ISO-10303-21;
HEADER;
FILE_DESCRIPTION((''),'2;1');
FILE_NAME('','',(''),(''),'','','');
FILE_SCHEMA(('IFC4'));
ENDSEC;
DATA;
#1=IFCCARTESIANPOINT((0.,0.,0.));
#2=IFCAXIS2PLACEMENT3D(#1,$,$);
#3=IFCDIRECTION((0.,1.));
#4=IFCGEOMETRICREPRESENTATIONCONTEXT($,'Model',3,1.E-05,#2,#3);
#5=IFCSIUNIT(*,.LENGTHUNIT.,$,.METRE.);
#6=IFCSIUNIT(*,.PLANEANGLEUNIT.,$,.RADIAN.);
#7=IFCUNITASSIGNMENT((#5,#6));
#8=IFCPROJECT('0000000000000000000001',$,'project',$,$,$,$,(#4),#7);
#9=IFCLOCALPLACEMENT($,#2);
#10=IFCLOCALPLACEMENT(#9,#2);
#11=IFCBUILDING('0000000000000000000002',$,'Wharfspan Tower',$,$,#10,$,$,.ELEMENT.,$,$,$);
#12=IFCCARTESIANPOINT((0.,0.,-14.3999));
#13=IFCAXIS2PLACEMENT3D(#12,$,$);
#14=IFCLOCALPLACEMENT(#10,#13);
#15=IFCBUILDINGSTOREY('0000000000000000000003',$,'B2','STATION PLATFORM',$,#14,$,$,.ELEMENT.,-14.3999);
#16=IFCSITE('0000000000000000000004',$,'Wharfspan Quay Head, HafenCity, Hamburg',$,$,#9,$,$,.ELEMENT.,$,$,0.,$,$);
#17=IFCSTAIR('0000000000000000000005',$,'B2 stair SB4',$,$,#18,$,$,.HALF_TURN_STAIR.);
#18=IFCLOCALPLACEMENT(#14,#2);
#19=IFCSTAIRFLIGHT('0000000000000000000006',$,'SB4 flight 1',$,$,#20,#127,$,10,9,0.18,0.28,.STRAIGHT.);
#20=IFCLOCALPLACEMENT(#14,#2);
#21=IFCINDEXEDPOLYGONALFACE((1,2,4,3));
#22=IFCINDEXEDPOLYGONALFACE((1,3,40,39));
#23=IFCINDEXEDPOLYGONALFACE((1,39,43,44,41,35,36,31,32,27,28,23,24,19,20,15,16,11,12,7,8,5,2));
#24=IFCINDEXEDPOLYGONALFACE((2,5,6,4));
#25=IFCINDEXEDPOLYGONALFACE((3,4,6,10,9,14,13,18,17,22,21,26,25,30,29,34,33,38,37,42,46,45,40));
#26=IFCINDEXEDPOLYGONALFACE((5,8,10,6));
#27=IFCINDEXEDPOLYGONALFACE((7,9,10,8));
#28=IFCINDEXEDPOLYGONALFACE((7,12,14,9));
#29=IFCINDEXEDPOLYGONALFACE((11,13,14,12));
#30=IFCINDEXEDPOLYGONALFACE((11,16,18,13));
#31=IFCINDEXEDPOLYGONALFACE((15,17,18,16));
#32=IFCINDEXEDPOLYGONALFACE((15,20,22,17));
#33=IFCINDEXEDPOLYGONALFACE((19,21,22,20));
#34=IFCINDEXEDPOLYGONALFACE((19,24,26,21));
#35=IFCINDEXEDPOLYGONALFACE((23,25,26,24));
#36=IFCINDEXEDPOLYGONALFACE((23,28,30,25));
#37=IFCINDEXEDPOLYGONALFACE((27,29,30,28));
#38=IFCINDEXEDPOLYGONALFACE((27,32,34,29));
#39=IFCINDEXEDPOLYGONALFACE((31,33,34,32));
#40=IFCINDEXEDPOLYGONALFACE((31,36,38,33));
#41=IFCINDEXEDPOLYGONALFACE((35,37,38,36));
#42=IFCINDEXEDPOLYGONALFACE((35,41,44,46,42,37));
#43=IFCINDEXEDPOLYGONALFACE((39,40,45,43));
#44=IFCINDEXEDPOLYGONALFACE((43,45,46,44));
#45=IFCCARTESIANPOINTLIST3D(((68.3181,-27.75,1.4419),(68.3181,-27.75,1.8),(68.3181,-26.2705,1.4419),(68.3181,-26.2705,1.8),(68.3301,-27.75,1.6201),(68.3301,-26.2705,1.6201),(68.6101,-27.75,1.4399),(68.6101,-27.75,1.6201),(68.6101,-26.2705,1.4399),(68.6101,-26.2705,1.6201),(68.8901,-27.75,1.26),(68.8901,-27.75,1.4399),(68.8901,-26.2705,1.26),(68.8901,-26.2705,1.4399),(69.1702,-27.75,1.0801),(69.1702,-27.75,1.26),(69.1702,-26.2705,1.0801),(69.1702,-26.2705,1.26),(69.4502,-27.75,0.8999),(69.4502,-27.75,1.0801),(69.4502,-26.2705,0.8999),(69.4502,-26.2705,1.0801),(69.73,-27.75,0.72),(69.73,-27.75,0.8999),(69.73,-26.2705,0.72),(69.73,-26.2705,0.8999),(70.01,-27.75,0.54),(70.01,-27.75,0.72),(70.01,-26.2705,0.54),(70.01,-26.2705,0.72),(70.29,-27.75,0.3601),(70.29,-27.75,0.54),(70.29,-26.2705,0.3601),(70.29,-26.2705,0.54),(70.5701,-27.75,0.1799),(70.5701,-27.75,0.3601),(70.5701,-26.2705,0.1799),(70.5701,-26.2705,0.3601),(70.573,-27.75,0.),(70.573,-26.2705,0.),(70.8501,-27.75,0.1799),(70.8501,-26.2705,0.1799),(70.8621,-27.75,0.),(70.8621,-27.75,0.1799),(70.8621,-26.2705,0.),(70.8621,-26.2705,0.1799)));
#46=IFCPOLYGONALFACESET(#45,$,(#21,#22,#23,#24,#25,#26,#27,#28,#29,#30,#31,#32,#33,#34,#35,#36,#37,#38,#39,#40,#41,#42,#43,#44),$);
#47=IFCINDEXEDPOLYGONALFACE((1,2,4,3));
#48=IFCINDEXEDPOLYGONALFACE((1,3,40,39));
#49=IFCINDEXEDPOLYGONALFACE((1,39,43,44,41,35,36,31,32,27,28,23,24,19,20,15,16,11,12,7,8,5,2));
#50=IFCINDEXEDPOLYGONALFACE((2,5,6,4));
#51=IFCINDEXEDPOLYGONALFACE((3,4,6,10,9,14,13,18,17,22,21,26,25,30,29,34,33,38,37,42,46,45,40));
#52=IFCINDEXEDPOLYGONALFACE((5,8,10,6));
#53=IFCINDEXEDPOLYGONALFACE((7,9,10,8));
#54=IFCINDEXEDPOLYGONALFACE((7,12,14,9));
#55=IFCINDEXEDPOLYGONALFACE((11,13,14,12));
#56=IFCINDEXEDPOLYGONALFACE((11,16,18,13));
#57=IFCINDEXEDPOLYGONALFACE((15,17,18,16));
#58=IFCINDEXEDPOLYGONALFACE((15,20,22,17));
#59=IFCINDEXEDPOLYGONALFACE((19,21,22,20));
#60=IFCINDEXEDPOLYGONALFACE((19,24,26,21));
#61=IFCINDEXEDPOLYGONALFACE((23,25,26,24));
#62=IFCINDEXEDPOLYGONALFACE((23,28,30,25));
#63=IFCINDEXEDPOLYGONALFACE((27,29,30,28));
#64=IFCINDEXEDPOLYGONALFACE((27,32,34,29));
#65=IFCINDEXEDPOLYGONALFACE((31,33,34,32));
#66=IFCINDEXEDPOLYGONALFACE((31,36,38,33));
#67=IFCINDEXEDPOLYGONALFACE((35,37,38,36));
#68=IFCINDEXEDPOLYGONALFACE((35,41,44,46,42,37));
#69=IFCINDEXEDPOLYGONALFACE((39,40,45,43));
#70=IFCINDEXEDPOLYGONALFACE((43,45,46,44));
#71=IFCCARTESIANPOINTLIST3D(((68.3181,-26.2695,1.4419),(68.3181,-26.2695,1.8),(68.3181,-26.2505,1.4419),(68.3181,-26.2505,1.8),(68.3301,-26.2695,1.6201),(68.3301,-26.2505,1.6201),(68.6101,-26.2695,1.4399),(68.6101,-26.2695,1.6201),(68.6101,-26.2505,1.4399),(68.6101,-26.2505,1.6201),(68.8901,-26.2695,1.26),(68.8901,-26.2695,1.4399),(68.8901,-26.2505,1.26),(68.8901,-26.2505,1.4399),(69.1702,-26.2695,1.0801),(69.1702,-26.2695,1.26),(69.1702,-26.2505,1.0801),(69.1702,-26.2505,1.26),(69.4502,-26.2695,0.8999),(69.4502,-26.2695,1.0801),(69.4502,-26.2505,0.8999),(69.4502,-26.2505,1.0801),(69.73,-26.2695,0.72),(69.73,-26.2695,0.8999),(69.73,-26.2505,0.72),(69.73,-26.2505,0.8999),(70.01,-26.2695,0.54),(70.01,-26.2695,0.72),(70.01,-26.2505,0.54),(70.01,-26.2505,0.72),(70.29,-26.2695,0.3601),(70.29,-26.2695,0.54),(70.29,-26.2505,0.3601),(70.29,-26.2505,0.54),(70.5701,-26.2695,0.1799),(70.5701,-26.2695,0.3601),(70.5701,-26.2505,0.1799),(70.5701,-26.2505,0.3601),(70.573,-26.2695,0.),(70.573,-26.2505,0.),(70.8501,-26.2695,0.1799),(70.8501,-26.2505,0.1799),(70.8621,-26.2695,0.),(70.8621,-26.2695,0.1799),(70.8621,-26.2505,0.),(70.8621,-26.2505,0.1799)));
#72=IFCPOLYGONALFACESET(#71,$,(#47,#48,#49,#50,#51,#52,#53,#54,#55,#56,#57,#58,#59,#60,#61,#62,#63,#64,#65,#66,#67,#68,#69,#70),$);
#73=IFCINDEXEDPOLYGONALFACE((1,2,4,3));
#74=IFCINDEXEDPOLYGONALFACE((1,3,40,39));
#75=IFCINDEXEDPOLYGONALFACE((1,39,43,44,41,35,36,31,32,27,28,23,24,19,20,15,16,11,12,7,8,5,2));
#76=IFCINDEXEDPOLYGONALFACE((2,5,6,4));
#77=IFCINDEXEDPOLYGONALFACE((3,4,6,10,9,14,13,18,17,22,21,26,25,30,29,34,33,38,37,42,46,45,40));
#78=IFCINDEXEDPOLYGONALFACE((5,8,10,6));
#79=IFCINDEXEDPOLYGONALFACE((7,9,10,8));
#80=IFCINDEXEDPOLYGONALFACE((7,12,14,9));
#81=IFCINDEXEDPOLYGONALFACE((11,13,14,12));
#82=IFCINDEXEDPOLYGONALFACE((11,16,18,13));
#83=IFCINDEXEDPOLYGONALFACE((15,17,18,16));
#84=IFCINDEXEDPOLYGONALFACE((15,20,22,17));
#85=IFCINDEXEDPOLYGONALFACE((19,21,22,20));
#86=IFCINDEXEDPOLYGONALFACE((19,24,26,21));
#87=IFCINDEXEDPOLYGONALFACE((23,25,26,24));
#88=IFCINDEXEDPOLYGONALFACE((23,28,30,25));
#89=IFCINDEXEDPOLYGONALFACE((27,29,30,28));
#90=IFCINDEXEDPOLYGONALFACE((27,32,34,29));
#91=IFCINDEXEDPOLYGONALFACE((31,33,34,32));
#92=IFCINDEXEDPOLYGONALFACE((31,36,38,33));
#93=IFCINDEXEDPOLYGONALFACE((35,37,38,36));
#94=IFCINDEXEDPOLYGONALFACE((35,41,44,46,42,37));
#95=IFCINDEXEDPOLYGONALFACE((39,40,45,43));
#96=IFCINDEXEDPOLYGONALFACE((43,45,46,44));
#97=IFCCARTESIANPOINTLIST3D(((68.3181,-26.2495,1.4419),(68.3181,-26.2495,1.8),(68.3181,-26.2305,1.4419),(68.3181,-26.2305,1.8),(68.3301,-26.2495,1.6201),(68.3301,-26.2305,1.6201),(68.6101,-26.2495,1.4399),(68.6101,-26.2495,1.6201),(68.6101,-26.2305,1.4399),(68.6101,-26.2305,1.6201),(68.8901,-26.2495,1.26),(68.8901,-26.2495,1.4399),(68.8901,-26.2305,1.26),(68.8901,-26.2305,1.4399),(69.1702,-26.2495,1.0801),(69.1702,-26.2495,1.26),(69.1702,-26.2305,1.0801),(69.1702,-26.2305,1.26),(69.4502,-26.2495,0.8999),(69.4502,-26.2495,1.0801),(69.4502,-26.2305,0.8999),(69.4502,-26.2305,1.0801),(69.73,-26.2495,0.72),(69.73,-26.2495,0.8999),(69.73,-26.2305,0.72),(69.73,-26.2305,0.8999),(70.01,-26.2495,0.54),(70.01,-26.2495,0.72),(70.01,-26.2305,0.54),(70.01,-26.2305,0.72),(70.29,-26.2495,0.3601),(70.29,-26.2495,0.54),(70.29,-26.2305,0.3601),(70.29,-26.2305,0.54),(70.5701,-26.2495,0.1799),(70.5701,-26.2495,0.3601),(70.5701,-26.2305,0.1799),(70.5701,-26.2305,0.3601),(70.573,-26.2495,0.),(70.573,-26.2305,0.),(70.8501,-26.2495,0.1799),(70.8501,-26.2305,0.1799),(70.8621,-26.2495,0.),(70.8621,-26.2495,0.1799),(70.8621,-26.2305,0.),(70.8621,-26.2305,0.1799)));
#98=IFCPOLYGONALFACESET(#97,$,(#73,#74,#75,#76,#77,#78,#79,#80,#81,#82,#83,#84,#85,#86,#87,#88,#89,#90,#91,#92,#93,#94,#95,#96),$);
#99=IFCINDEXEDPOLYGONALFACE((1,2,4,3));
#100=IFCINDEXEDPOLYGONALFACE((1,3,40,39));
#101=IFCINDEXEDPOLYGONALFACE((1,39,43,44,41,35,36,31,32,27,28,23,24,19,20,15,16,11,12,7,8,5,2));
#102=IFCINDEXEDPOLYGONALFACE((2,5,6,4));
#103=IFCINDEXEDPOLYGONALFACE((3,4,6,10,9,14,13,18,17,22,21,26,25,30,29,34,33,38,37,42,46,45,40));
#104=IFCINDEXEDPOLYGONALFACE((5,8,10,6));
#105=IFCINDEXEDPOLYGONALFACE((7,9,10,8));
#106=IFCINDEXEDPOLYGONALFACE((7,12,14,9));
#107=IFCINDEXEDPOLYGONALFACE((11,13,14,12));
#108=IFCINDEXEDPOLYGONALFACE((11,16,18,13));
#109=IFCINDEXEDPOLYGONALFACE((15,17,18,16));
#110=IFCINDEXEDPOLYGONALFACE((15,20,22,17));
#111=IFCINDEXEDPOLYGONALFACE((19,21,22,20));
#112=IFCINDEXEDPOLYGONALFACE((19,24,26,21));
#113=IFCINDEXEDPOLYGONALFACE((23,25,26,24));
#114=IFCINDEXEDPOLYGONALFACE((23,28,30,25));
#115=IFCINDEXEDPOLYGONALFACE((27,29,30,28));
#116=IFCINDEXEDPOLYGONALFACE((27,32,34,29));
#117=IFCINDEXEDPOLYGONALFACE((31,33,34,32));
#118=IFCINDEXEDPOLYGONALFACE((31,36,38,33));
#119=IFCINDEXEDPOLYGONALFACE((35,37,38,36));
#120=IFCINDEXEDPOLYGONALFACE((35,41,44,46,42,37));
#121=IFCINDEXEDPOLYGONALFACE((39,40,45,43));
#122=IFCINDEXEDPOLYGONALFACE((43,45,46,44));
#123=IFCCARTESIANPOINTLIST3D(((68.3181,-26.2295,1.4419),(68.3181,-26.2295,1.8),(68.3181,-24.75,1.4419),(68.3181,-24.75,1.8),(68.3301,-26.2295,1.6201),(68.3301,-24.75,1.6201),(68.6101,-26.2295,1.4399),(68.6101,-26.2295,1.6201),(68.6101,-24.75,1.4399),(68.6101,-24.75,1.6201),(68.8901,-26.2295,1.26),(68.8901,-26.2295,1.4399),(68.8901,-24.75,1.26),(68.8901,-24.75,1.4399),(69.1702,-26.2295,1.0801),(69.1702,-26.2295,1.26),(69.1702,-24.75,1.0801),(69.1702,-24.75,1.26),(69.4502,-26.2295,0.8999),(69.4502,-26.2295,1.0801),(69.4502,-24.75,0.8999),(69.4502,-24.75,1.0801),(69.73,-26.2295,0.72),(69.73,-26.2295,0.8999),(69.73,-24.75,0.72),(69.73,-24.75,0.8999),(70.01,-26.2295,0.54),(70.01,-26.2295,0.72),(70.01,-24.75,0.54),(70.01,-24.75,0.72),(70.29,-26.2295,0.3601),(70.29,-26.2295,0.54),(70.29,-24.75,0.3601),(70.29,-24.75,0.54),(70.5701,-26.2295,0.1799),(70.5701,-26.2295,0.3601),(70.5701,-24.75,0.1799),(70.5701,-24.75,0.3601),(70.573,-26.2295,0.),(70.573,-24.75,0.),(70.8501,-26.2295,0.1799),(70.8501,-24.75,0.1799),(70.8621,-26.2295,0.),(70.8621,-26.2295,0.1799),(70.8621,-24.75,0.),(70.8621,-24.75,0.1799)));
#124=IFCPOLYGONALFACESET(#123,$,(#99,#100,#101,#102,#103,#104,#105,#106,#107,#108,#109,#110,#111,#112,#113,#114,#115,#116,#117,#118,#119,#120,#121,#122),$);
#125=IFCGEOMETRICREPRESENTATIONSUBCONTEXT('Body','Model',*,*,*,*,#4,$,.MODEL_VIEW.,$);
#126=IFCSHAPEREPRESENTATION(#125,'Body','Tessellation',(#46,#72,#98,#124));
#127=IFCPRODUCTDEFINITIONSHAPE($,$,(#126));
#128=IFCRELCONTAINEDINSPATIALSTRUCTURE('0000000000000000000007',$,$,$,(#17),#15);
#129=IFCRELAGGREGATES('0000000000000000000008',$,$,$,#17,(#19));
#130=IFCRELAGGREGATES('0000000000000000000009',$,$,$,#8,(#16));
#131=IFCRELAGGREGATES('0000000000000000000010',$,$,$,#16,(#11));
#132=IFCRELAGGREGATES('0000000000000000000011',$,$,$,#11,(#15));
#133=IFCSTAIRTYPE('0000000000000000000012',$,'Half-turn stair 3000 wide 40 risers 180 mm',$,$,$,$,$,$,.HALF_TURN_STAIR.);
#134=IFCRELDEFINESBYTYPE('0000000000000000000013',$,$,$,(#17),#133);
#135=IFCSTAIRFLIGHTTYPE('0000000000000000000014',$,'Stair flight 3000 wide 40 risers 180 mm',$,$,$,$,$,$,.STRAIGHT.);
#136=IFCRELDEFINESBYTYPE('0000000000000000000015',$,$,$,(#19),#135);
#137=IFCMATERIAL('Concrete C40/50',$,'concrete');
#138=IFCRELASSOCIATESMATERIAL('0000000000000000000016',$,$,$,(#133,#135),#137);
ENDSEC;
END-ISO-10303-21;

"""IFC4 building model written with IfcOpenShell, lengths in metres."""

from ifc_helpers import new_model, si_unit, direction, frame, origin, place, context, subcontext, project, spatial, polyline, outline, extrude, material, type_object, element, aggregate, save


model = new_model("IFC4")

# Units and contexts
model_context = context("Model", 3, precision=1e-05, world=origin(), true_north=direction((0.0, 1.0)))
body_context = subcontext(model_context, "Body", "Model", "MODEL_VIEW")
ifc_project = project(units=[si_unit("LENGTHUNIT", "METRE"), si_unit("PLANEANGLEUNIT", "RADIAN")], contexts=[model_context])

# Site, building, storey
site_placement = place(None, origin())
site = spatial("IfcSite", under=ifc_project, at=site_placement, Name="Wharfspan Quay Head, HafenCity, Hamburg", CompositionType="ELEMENT", RefElevation=0.0)
building_placement = place(site_placement, origin())
building = spatial("IfcBuilding", under=site, at=building_placement, Name="Wharfspan Tower", CompositionType="ELEMENT")
storey_placement = place(building_placement, frame((0.0, 0.0, -14.3999)))
storey = spatial("IfcBuildingStorey", under=building, at=storey_placement, Name="B2", Description="STATION PLATFORM", CompositionType="ELEMENT", Elevation=-14.3999)

# Shared definitions
ifc_material_1 = material(Name="Concrete C40/50", Category="concrete")

# Stair, stair flight
stair_type = type_object("IfcStairType", Name="Half-turn stair 3000 wide 40 risers 180 mm", PredefinedType="HALF_TURN_STAIR", material=ifc_material_1)
stair_1_placement = place(storey_placement, origin())
stair_1 = element("IfcStair", 1, at=stair_1_placement, inside=storey, type_object=stair_type, Name="B2 stair SB4", PredefinedType="HALF_TURN_STAIR")
stair_flight_type = type_object("IfcStairFlightType", Name="Stair flight 3000 wide 40 risers 180 mm", PredefinedType="STRAIGHT", material=ifc_material_1)
stair_flight_1_placement = place(storey_placement, frame((70.8501, -26.25, 0.0), z_axis=(0.0, 0.0, 1.0), x_axis=(-1.0, 0.0, 0.0)))
stair_flight_1 = element("IfcStairFlight", 2, at=stair_flight_1_placement, type_object=stair_flight_type, Name="SB4 flight 1", NumberOfRisers=10, NumberOfTreads=9, PredefinedType="STRAIGHT", RiserHeight=0.18, TreadLength=0.28, context=body_context, shape_type="SweptSolid", body=[
    extrude(outline(polyline([(-0.012, 0.0), (-0.012, 0.1799), (0.0, 0.1799), (0.28, 0.1799), (0.28, 0.3601), (0.5601, 0.3601), (0.5601, 0.54), (0.8401, 0.54), (0.8401, 0.72), (1.1201, 0.72), (1.1201, 0.8999), (1.3999, 0.8999), (1.3999, 1.0801), (1.6799, 1.0801), (1.6799, 1.26), (1.96, 1.26), (1.96, 1.4399), (2.24, 1.4399), (2.24, 1.6201), (2.52, 1.6201), (2.532, 1.8), (2.532, 1.4419), (0.2771, 0.0), (-0.012, 0.0)])), frame((0.0, 1.5, 0.0), z_axis=(0.0, -1.0, 0.0), x_axis=(1.0, 0.0, 0.0)), (0.0, 0.0, 1.0), 1.4795),
    extrude(outline(polyline([(-0.012, 0.0), (-0.012, 0.1799), (0.0, 0.1799), (0.28, 0.1799), (0.28, 0.3601), (0.5601, 0.3601), (0.5601, 0.54), (0.8401, 0.54), (0.8401, 0.72), (1.1201, 0.72), (1.1201, 0.8999), (1.3999, 0.8999), (1.3999, 1.0801), (1.6799, 1.0801), (1.6799, 1.26), (1.96, 1.26), (1.96, 1.4399), (2.24, 1.4399), (2.24, 1.6201), (2.52, 1.6201), (2.532, 1.8), (2.532, 1.4419), (0.2771, 0.0), (-0.012, 0.0)])), frame((0.0, 0.0195, 0.0), z_axis=(0.0, -1.0, 0.0), x_axis=(1.0, 0.0, 0.0)), (0.0, 0.0, 1.0), 0.019),
    extrude(outline(polyline([(-0.012, 0.0), (-0.012, 0.1799), (0.0, 0.1799), (0.28, 0.1799), (0.28, 0.3601), (0.5601, 0.3601), (0.5601, 0.54), (0.8401, 0.54), (0.8401, 0.72), (1.1201, 0.72), (1.1201, 0.8999), (1.3999, 0.8999), (1.3999, 1.0801), (1.6799, 1.0801), (1.6799, 1.26), (1.96, 1.26), (1.96, 1.4399), (2.24, 1.4399), (2.24, 1.6201), (2.52, 1.6201), (2.532, 1.8), (2.532, 1.4419), (0.2771, 0.0), (-0.012, 0.0)])), frame((0.0, -0.0005, 0.0), z_axis=(0.0, -1.0, 0.0), x_axis=(1.0, 0.0, 0.0)), (0.0, 0.0, 1.0), 0.019),
    extrude(outline(polyline([(-0.012, 0.0), (-0.012, 0.1799), (0.0, 0.1799), (0.28, 0.1799), (0.28, 0.3601), (0.5601, 0.3601), (0.5601, 0.54), (0.8401, 0.54), (0.8401, 0.72), (1.1201, 0.72), (1.1201, 0.8999), (1.3999, 0.8999), (1.3999, 1.0801), (1.6799, 1.0801), (1.6799, 1.26), (1.96, 1.26), (1.96, 1.4399), (2.24, 1.4399), (2.24, 1.6201), (2.52, 1.6201), (2.532, 1.8), (2.532, 1.4419), (0.2771, 0.0), (-0.012, 0.0)])), frame((0.0, -0.0205, 0.0), z_axis=(0.0, -1.0, 0.0), x_axis=(1.0, 0.0, 0.0)), (0.0, 0.0, 1.0), 1.4795),
])
aggregate(stair_1, [stair_flight_1])

save(model, "model.ifc")
